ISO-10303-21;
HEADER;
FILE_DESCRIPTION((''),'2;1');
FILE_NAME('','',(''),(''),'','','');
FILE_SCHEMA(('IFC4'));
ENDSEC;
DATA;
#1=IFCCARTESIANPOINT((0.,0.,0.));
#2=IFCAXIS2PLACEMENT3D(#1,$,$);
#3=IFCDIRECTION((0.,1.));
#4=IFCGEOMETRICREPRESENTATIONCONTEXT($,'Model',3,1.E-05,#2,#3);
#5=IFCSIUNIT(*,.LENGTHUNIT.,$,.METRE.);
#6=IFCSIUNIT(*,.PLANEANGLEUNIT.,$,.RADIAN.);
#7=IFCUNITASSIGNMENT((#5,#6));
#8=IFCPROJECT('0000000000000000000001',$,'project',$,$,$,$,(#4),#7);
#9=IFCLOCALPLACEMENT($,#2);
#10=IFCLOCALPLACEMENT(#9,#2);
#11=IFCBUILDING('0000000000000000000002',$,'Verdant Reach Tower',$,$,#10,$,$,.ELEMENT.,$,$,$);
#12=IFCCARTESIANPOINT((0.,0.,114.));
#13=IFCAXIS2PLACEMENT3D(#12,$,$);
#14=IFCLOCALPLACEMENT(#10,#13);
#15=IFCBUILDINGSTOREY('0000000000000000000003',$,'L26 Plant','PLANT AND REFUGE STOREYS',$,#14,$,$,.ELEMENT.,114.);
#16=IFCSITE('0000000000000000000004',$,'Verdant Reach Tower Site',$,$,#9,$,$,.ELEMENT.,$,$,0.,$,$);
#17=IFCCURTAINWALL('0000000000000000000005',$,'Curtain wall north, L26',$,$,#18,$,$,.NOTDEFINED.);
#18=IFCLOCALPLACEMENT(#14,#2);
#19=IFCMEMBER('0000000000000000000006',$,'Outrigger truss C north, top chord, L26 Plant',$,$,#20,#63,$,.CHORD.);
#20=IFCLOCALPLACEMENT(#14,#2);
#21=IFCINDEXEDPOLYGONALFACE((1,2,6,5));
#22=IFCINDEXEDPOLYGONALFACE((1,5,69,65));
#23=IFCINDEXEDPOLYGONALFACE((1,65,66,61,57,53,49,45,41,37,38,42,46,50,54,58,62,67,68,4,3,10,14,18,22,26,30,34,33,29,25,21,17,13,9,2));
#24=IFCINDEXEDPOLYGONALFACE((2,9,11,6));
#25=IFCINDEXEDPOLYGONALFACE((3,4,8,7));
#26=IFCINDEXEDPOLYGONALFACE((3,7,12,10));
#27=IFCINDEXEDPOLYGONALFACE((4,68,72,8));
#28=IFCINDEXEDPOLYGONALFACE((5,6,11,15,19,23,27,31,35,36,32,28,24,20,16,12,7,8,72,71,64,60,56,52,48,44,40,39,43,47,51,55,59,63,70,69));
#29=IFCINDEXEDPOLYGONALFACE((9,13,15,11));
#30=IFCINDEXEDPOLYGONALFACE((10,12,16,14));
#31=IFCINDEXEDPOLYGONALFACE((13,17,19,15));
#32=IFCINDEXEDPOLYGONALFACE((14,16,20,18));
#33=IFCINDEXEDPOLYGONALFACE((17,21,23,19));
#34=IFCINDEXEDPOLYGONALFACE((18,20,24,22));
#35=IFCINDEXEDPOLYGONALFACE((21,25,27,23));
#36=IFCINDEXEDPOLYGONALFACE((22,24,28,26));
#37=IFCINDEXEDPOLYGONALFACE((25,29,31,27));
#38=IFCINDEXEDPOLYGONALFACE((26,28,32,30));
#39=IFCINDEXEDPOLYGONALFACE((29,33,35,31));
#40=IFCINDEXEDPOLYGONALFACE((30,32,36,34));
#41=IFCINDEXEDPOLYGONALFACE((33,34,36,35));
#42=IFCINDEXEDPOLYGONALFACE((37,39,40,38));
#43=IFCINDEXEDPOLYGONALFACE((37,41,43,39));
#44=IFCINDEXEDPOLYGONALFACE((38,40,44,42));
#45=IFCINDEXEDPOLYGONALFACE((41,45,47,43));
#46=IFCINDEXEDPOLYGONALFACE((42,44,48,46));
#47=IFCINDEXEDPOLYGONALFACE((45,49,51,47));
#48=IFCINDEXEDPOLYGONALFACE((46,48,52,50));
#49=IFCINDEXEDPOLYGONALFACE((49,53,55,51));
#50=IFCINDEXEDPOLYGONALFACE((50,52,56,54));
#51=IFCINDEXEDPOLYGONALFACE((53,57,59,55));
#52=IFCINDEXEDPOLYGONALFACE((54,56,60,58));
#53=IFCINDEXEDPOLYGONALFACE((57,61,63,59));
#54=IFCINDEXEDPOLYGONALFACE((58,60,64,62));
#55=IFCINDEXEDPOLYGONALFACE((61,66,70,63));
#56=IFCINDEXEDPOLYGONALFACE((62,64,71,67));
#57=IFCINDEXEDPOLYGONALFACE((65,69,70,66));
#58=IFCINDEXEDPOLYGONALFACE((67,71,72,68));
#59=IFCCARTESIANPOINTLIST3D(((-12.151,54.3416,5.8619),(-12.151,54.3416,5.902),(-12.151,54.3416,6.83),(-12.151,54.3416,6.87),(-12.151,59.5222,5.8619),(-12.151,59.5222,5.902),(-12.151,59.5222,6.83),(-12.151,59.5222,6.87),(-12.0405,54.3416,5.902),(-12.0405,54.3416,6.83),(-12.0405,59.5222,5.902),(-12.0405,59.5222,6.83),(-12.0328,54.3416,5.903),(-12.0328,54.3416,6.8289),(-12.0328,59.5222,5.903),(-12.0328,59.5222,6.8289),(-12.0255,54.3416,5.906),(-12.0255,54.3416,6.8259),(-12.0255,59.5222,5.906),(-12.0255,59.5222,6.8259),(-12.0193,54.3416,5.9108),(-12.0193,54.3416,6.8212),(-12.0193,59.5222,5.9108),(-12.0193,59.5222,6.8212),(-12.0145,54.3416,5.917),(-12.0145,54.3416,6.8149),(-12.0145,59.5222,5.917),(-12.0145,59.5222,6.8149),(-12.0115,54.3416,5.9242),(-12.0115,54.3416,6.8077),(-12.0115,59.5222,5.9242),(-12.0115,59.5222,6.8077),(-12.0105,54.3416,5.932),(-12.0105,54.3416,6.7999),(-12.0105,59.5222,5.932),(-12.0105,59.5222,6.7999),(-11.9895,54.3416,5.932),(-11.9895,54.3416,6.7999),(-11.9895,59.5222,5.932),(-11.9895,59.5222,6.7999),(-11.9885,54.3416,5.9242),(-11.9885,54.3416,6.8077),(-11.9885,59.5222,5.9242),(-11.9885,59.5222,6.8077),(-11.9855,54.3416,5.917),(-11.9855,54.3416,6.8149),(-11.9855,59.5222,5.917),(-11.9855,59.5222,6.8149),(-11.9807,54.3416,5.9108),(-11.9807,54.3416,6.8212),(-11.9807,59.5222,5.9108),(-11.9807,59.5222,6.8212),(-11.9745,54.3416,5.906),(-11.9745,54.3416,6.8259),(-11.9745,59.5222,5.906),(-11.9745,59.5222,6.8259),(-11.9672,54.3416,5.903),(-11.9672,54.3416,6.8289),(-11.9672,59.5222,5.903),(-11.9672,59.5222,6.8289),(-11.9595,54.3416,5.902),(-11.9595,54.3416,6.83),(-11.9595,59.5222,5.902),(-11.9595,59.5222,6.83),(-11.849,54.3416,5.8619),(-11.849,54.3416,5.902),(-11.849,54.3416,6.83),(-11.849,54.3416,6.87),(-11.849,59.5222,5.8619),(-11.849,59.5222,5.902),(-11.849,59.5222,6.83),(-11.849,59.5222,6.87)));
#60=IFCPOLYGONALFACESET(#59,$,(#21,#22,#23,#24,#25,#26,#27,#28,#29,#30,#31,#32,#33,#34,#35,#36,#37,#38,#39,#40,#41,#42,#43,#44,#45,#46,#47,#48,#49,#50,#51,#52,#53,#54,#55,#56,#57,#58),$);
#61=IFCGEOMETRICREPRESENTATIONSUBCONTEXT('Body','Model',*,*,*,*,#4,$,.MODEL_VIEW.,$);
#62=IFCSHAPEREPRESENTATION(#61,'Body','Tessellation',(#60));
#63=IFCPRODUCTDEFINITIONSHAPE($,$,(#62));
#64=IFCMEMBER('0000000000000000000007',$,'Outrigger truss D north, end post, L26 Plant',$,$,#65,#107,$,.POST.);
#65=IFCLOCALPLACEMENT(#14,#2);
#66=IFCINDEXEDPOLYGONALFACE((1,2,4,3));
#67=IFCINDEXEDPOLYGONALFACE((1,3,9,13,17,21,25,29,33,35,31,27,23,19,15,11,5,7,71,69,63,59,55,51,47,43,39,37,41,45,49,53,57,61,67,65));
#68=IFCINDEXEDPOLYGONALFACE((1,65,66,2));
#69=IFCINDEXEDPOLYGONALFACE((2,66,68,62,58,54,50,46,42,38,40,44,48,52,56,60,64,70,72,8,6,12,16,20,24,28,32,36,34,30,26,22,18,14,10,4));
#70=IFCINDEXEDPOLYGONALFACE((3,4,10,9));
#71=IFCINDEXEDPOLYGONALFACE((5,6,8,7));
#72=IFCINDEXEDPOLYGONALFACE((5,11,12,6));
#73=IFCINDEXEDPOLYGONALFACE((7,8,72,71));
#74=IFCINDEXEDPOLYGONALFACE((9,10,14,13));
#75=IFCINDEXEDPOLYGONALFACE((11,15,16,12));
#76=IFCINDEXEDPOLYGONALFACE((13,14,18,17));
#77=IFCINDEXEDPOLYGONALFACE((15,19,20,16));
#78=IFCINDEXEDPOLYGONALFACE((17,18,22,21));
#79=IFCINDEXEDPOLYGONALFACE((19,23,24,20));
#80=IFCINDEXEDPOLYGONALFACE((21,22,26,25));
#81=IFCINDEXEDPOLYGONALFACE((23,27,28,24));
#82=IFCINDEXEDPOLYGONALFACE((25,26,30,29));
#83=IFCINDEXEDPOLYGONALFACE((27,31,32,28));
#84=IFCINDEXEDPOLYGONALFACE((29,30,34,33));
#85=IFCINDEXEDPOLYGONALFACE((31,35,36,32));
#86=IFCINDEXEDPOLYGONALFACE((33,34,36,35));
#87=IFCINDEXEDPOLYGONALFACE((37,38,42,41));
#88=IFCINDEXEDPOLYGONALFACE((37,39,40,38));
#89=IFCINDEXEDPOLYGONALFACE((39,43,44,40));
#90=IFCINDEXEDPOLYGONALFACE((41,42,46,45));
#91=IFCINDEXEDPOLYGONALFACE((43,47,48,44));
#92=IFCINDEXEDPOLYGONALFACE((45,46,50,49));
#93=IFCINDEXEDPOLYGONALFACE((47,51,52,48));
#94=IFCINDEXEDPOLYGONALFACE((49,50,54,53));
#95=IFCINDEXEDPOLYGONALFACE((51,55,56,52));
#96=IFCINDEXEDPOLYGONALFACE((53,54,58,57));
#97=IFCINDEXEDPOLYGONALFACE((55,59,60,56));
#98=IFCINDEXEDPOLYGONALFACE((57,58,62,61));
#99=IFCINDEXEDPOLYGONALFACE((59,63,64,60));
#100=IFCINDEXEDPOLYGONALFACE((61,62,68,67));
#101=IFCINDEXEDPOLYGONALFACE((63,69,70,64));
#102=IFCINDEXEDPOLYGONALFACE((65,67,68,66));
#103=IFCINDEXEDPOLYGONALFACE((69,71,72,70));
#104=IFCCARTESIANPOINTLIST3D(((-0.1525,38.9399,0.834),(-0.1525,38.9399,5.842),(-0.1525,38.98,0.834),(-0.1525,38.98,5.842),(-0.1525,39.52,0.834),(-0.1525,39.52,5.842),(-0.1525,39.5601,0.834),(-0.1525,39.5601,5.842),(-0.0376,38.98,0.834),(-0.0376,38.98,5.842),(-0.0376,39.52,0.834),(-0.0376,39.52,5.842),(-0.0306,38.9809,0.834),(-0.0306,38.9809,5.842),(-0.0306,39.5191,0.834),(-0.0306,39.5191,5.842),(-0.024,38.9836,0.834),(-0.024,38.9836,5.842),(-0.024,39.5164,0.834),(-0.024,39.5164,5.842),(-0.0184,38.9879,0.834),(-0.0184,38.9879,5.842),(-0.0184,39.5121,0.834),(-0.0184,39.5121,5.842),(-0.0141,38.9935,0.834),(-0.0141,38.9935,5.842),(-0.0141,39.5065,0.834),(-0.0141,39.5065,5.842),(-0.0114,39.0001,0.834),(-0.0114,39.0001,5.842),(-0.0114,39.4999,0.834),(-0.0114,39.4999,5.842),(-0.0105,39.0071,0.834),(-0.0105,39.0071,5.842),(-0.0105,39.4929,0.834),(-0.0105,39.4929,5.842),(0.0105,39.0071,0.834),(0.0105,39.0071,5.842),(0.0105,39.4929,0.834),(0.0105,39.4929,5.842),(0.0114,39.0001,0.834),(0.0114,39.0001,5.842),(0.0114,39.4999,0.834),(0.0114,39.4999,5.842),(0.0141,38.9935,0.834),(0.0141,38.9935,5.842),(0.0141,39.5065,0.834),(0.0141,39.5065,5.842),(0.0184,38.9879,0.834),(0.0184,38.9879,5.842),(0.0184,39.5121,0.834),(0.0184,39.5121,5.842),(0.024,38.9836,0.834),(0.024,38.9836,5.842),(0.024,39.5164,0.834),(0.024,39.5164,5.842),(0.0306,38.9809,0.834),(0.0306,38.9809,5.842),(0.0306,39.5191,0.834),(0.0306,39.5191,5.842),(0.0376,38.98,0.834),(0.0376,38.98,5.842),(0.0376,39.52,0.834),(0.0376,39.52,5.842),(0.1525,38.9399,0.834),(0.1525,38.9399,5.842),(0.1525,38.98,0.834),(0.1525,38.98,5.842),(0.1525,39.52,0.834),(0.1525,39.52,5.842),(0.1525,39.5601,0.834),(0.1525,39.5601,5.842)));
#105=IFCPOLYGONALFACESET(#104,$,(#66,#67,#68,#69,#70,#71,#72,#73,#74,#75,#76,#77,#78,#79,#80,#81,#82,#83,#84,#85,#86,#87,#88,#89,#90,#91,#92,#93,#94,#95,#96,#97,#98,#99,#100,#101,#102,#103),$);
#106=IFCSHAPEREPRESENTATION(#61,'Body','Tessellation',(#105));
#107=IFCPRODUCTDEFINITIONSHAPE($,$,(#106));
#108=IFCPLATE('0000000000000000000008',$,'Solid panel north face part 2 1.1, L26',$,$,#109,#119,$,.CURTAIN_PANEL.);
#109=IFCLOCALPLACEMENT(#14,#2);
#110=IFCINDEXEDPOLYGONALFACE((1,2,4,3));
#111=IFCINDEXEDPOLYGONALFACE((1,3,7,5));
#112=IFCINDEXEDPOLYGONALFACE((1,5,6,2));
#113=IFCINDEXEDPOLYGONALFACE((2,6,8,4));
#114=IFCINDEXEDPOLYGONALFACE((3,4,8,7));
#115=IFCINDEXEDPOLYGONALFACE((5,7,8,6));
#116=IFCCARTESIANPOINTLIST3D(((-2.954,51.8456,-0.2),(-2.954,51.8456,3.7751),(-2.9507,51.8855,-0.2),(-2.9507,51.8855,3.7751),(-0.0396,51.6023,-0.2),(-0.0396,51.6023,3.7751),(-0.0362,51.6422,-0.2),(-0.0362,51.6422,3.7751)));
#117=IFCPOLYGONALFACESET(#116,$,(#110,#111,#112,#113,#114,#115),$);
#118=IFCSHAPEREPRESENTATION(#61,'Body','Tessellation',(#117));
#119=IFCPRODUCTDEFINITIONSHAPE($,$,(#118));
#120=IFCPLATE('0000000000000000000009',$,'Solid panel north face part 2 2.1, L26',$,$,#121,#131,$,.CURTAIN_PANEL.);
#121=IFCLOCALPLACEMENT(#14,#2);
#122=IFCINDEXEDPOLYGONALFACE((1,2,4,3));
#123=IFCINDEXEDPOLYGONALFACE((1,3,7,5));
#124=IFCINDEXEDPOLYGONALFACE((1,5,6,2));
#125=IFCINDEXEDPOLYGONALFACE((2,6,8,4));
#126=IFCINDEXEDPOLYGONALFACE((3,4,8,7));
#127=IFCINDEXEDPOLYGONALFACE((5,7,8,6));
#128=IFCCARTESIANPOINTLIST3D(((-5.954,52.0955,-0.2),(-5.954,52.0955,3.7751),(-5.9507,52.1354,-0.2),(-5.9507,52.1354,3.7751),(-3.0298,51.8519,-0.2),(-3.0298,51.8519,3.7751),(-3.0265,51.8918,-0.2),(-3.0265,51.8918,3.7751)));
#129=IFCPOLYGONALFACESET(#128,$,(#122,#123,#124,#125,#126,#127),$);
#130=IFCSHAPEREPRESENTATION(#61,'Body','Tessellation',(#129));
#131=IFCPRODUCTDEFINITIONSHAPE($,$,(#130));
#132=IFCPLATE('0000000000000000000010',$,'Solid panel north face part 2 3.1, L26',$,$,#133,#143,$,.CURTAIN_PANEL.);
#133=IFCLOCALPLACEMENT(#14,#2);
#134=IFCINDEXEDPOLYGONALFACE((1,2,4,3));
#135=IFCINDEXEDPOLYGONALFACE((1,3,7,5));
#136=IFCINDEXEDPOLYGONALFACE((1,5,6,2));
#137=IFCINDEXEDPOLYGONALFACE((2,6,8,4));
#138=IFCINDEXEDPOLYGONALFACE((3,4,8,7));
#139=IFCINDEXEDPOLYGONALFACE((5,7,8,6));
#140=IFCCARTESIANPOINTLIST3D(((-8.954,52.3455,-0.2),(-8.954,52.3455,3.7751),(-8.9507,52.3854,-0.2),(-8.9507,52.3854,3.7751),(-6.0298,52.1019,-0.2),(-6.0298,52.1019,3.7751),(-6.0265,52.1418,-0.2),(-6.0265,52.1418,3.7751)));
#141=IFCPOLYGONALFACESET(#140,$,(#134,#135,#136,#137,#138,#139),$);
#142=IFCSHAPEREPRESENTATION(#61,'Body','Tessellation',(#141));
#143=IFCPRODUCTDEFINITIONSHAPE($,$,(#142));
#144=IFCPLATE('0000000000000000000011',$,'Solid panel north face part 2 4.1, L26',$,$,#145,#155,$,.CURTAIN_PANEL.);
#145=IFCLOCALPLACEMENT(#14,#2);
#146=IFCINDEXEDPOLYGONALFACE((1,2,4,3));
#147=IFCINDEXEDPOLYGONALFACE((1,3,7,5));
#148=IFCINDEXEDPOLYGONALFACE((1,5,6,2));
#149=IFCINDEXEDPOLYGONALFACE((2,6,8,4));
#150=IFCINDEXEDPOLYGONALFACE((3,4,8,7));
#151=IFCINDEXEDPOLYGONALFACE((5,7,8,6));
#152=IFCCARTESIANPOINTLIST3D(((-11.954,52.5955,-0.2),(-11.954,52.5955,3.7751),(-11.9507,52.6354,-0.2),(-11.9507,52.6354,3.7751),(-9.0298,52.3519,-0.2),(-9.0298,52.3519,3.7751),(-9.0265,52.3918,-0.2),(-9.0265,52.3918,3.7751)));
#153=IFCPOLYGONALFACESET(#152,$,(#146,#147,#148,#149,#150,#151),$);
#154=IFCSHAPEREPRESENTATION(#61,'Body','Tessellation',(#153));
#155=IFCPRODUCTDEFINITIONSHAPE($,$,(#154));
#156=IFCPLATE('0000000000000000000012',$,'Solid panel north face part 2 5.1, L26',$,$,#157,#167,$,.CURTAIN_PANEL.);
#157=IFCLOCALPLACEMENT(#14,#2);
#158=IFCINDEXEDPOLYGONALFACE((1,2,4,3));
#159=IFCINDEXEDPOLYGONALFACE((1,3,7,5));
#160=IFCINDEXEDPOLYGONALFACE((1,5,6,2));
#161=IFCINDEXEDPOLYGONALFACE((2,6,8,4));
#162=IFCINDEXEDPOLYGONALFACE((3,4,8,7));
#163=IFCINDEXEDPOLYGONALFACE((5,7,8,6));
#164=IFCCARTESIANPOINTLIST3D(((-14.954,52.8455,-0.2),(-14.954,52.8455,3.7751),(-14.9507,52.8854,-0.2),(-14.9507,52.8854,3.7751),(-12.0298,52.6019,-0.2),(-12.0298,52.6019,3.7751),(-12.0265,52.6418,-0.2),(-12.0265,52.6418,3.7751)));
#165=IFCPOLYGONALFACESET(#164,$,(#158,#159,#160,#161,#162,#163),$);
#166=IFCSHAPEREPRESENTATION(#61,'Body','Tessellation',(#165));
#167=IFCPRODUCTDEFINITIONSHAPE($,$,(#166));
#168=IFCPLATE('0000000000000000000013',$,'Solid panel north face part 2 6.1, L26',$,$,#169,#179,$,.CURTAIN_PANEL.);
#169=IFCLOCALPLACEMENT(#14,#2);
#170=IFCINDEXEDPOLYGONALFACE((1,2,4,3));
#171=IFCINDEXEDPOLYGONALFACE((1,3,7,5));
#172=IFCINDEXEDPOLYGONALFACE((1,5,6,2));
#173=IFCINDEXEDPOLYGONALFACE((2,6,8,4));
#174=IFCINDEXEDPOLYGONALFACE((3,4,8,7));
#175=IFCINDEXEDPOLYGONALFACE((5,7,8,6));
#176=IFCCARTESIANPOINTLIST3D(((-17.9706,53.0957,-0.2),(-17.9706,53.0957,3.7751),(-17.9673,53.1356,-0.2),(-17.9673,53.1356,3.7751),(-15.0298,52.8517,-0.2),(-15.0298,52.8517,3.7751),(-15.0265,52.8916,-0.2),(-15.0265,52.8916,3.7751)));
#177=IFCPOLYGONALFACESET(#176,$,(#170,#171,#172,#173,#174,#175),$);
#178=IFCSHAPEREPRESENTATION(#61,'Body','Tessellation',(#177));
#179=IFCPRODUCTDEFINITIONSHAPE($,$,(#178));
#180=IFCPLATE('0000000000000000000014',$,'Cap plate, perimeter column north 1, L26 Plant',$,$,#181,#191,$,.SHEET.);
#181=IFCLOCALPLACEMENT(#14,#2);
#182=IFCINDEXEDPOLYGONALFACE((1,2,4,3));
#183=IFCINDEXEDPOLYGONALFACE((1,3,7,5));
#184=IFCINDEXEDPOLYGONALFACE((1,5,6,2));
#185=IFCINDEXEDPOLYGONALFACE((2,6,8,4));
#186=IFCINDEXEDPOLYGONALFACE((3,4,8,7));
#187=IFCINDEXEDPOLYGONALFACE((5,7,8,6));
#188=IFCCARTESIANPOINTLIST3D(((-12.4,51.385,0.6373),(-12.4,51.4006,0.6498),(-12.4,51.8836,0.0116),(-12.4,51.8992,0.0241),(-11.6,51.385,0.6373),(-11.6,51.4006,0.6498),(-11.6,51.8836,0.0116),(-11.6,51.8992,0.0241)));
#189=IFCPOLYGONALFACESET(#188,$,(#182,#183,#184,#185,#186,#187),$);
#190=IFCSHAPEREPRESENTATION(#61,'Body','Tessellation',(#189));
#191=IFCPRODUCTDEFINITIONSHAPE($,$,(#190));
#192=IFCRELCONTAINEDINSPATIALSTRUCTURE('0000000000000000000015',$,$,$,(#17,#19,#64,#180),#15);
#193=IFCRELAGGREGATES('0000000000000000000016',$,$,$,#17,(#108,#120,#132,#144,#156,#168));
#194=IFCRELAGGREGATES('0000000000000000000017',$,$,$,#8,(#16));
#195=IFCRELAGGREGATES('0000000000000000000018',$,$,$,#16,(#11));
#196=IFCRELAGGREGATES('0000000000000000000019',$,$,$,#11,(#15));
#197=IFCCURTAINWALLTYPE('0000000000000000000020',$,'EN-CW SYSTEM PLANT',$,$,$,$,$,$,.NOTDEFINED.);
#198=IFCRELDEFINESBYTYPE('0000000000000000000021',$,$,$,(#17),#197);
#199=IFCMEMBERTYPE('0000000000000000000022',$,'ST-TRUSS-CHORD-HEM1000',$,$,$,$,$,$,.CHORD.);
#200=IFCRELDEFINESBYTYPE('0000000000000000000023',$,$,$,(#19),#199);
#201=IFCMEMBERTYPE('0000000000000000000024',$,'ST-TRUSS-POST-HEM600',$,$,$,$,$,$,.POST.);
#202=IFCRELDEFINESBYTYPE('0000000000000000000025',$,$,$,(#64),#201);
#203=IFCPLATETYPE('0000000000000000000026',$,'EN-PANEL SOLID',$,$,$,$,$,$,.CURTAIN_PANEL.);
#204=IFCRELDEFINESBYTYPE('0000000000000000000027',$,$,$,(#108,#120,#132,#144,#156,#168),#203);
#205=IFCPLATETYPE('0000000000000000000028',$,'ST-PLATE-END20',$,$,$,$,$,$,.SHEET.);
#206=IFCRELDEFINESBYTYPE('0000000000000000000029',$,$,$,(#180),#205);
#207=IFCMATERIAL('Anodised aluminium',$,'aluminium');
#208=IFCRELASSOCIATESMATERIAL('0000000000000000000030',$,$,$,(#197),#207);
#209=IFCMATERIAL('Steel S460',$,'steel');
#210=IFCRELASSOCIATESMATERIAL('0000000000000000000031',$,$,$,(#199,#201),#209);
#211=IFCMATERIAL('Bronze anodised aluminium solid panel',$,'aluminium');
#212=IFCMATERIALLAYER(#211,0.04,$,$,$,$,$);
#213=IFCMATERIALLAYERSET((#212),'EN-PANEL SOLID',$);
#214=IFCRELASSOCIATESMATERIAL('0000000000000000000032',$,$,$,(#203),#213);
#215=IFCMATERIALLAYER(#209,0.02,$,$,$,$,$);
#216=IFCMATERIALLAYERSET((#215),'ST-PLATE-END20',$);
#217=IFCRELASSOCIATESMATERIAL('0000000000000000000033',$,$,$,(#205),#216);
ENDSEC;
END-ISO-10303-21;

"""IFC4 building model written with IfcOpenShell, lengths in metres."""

from ifc_helpers import new_model, si_unit, direction, frame, origin, origin_2d, place, context, subcontext, project, spatial, rectangle, i_section, extrude, material, layer, layer_set, material_profile, profile_set, type_object, element, aggregate, save


model = new_model("IFC4")

# Units and contexts
model_context = context("Model", 3, precision=1e-05, world=origin(), true_north=direction((0.0, 1.0)))
body_context = subcontext(model_context, "Body", "Model", "MODEL_VIEW")
ifc_project = project(units=[si_unit("LENGTHUNIT", "METRE"), si_unit("PLANEANGLEUNIT", "RADIAN")], contexts=[model_context])

# Site, building, storey
site_placement = place(None, origin())
site = spatial("IfcSite", under=ifc_project, at=site_placement, Name="Verdant Reach Tower Site", CompositionType="ELEMENT", RefElevation=0.0)
building_placement = place(site_placement, origin())
building = spatial("IfcBuilding", under=site, at=building_placement, Name="Verdant Reach Tower", CompositionType="ELEMENT")
storey_placement = place(building_placement, frame((0.0, 0.0, 114.0)))
storey = spatial("IfcBuildingStorey", under=building, at=storey_placement, Name="L26 Plant", Description="PLANT AND REFUGE STOREYS", CompositionType="ELEMENT", Elevation=114.0)

# Shared definitions
ifc_material_1 = material(Name="Steel S460", Category="steel")

# Curtain wall
ifc_material_2 = material(Name="Anodised aluminium", Category="aluminium")
curtain_wall_type = type_object("IfcCurtainWallType", Name="EN-CW SYSTEM PLANT", PredefinedType="NOTDEFINED", material=ifc_material_2)
curtain_wall_placement = place(storey_placement, origin())
curtain_wall = element("IfcCurtainWall", 1, at=curtain_wall_placement, inside=storey, type_object=curtain_wall_type, Name="Curtain wall north, L26", PredefinedType="NOTDEFINED")

# Members
ifc_material_profile_1 = material_profile(ifc_material_1, i_section(OverallWidth=0.302, OverallDepth=1.0081, WebThickness=0.021, FlangeThickness=0.04, FilletRadius=0.03, at=origin_2d()), Name="HEM 1000")
ifc_profile_set_1 = profile_set([ifc_material_profile_1], Name="Steel S460")
member_type_1 = type_object("IfcMemberType", Name="ST-TRUSS-CHORD-HEM1000", PredefinedType="CHORD", material=ifc_profile_set_1)
member_1_placement = place(storey_placement, frame((-12.0, 54.3416, 6.366), z_axis=(0.0, 1.0, 0.0), x_axis=(-1.0, 0.0, 0.0)))
element("IfcMember", 2, at=member_1_placement, inside=storey, type_object=member_type_1, Name="Outrigger truss C north, top chord, L26 Plant", PredefinedType="CHORD", context=body_context, shape_type="SweptSolid", body=[
    extrude(i_section(OverallWidth=0.302, OverallDepth=1.0081, WebThickness=0.021, FlangeThickness=0.04, FilletRadius=0.03, at=origin_2d()), origin(), (0.0, 0.0, 1.0), 5.1807),
])
ifc_material_profile_2 = material_profile(ifc_material_1, i_section(OverallWidth=0.3049, OverallDepth=0.6201, WebThickness=0.021, FlangeThickness=0.04, FilletRadius=0.0271, at=origin_2d()), Name="HEM 600")
ifc_profile_set_2 = profile_set([ifc_material_profile_2], Name="Steel S460")
member_type_2 = type_object("IfcMemberType", Name="ST-TRUSS-POST-HEM600", PredefinedType="POST", material=ifc_profile_set_2)
member_2_placement = place(storey_placement, frame((0.0, 39.25, 0.834), z_axis=(0.0, 0.0, 1.0), x_axis=(1.0, 0.0, 0.0)))
element("IfcMember", 3, at=member_2_placement, inside=storey, type_object=member_type_2, Name="Outrigger truss D north, end post, L26 Plant", PredefinedType="POST", context=body_context, shape_type="SweptSolid", body=[
    extrude(i_section(OverallWidth=0.3049, OverallDepth=0.6201, WebThickness=0.021, FlangeThickness=0.04, FilletRadius=0.0271, at=origin_2d()), origin(), (0.0, 0.0, 1.0), 5.0081),
])

# Plates
ifc_material_3 = material(Name="Bronze anodised aluminium solid panel", Category="aluminium")
ifc_layer_1 = layer(ifc_material_3, 0.04)
ifc_layer_set_1 = layer_set([ifc_layer_1], Name="EN-PANEL SOLID")
plate_type_1 = type_object("IfcPlateType", Name="EN-PANEL SOLID", PredefinedType="CURTAIN_PANEL", material=ifc_layer_set_1)
plate_1_placement = place(storey_placement, frame((-1.4951, 51.7439, -0.2), z_axis=(0.0, 0.0, 1.0), x_axis=(-0.996534, 0.083182, 0.0)))
plate_1 = element("IfcPlate", 4, at=plate_1_placement, type_object=plate_type_1, Name="Solid panel north face part 2 1.1, L26", PredefinedType="CURTAIN_PANEL", context=body_context, shape_type="SweptSolid", body=[
    extrude(rectangle(XDim=2.9246, YDim=0.04, at=origin_2d()), origin(), (0.0, 0.0, 1.0), 3.9751),
])
plate_2_placement = place(storey_placement, frame((-4.4902, 51.9937, -0.2), z_axis=(0.0, 0.0, 1.0), x_axis=(-0.996546, 0.083045, 0.0)))
plate_2 = element("IfcPlate", 5, at=plate_2_placement, type_object=plate_type_1, Name="Solid panel north face part 2 2.1, L26", PredefinedType="CURTAIN_PANEL", context=body_context, shape_type="SweptSolid", body=[
    extrude(rectangle(XDim=2.9343, YDim=0.04, at=origin_2d()), origin(), (0.0, 0.0, 1.0), 3.9751),
])
plate_3_placement = place(storey_placement, frame((-7.4902, 52.2437, -0.2), z_axis=(0.0, 0.0, 1.0), x_axis=(-0.996546, 0.083045, 0.0)))
plate_3 = element("IfcPlate", 6, at=plate_3_placement, type_object=plate_type_1, Name="Solid panel north face part 2 3.1, L26", PredefinedType="CURTAIN_PANEL", context=body_context, shape_type="SweptSolid", body=[
    extrude(rectangle(XDim=2.9343, YDim=0.04, at=origin_2d()), origin(), (0.0, 0.0, 1.0), 3.9751),
])
plate_4_placement = place(storey_placement, frame((-10.4902, 52.4937, -0.2), z_axis=(0.0, 0.0, 1.0), x_axis=(-0.996546, 0.083045, 0.0)))
plate_4 = element("IfcPlate", 7, at=plate_4_placement, type_object=plate_type_1, Name="Solid panel north face part 2 4.1, L26", PredefinedType="CURTAIN_PANEL", context=body_context, shape_type="SweptSolid", body=[
    extrude(rectangle(XDim=2.9343, YDim=0.04, at=origin_2d()), origin(), (0.0, 0.0, 1.0), 3.9751),
])
plate_5_placement = place(storey_placement, frame((-13.4902, 52.7437, -0.2), z_axis=(0.0, 0.0, 1.0), x_axis=(-0.996546, 0.083045, 0.0)))
plate_5 = element("IfcPlate", 8, at=plate_5_placement, type_object=plate_type_1, Name="Solid panel north face part 2 5.1, L26", PredefinedType="CURTAIN_PANEL", context=body_context, shape_type="SweptSolid", body=[
    extrude(rectangle(XDim=2.9343, YDim=0.04, at=origin_2d()), origin(), (0.0, 0.0, 1.0), 3.9751),
])
plate_6_placement = place(storey_placement, frame((-16.4985, 52.9937, -0.2), z_axis=(0.0, 0.0, 1.0), x_axis=(-0.996578, 0.082664, 0.0)))
plate_6 = element("IfcPlate", 9, at=plate_6_placement, type_object=plate_type_1, Name="Solid panel north face part 2 6.1, L26", PredefinedType="CURTAIN_PANEL", context=body_context, shape_type="SweptSolid", body=[
    extrude(rectangle(XDim=2.9509, YDim=0.04, at=origin_2d()), origin(), (0.0, 0.0, 1.0), 3.9751),
])

# Plate
ifc_layer_2 = layer(ifc_material_1, 0.02)
ifc_layer_set_2 = layer_set([ifc_layer_2], Name="ST-PLATE-END20")
plate_type_2 = type_object("IfcPlateType", Name="ST-PLATE-END20", PredefinedType="SHEET", material=ifc_layer_set_2)
plate_7_placement = place(storey_placement, frame((-12.0, 51.6343, 0.3245), z_axis=(0.0, 0.78206, 0.623204), x_axis=(-1.0, 0.0, 0.0)))
element("IfcPlate", 10, at=plate_7_placement, inside=storey, type_object=plate_type_2, Name="Cap plate, perimeter column north 1, L26 Plant", PredefinedType="SHEET", context=body_context, shape_type="SweptSolid", body=[
    extrude(rectangle(XDim=0.8, YDim=0.8, at=origin_2d()), origin(), (0.0, 0.0, 1.0), 0.02),
])

aggregate(curtain_wall, [plate_1, plate_2, plate_3, plate_4, plate_5, plate_6])

save(model, "model.ifc")
